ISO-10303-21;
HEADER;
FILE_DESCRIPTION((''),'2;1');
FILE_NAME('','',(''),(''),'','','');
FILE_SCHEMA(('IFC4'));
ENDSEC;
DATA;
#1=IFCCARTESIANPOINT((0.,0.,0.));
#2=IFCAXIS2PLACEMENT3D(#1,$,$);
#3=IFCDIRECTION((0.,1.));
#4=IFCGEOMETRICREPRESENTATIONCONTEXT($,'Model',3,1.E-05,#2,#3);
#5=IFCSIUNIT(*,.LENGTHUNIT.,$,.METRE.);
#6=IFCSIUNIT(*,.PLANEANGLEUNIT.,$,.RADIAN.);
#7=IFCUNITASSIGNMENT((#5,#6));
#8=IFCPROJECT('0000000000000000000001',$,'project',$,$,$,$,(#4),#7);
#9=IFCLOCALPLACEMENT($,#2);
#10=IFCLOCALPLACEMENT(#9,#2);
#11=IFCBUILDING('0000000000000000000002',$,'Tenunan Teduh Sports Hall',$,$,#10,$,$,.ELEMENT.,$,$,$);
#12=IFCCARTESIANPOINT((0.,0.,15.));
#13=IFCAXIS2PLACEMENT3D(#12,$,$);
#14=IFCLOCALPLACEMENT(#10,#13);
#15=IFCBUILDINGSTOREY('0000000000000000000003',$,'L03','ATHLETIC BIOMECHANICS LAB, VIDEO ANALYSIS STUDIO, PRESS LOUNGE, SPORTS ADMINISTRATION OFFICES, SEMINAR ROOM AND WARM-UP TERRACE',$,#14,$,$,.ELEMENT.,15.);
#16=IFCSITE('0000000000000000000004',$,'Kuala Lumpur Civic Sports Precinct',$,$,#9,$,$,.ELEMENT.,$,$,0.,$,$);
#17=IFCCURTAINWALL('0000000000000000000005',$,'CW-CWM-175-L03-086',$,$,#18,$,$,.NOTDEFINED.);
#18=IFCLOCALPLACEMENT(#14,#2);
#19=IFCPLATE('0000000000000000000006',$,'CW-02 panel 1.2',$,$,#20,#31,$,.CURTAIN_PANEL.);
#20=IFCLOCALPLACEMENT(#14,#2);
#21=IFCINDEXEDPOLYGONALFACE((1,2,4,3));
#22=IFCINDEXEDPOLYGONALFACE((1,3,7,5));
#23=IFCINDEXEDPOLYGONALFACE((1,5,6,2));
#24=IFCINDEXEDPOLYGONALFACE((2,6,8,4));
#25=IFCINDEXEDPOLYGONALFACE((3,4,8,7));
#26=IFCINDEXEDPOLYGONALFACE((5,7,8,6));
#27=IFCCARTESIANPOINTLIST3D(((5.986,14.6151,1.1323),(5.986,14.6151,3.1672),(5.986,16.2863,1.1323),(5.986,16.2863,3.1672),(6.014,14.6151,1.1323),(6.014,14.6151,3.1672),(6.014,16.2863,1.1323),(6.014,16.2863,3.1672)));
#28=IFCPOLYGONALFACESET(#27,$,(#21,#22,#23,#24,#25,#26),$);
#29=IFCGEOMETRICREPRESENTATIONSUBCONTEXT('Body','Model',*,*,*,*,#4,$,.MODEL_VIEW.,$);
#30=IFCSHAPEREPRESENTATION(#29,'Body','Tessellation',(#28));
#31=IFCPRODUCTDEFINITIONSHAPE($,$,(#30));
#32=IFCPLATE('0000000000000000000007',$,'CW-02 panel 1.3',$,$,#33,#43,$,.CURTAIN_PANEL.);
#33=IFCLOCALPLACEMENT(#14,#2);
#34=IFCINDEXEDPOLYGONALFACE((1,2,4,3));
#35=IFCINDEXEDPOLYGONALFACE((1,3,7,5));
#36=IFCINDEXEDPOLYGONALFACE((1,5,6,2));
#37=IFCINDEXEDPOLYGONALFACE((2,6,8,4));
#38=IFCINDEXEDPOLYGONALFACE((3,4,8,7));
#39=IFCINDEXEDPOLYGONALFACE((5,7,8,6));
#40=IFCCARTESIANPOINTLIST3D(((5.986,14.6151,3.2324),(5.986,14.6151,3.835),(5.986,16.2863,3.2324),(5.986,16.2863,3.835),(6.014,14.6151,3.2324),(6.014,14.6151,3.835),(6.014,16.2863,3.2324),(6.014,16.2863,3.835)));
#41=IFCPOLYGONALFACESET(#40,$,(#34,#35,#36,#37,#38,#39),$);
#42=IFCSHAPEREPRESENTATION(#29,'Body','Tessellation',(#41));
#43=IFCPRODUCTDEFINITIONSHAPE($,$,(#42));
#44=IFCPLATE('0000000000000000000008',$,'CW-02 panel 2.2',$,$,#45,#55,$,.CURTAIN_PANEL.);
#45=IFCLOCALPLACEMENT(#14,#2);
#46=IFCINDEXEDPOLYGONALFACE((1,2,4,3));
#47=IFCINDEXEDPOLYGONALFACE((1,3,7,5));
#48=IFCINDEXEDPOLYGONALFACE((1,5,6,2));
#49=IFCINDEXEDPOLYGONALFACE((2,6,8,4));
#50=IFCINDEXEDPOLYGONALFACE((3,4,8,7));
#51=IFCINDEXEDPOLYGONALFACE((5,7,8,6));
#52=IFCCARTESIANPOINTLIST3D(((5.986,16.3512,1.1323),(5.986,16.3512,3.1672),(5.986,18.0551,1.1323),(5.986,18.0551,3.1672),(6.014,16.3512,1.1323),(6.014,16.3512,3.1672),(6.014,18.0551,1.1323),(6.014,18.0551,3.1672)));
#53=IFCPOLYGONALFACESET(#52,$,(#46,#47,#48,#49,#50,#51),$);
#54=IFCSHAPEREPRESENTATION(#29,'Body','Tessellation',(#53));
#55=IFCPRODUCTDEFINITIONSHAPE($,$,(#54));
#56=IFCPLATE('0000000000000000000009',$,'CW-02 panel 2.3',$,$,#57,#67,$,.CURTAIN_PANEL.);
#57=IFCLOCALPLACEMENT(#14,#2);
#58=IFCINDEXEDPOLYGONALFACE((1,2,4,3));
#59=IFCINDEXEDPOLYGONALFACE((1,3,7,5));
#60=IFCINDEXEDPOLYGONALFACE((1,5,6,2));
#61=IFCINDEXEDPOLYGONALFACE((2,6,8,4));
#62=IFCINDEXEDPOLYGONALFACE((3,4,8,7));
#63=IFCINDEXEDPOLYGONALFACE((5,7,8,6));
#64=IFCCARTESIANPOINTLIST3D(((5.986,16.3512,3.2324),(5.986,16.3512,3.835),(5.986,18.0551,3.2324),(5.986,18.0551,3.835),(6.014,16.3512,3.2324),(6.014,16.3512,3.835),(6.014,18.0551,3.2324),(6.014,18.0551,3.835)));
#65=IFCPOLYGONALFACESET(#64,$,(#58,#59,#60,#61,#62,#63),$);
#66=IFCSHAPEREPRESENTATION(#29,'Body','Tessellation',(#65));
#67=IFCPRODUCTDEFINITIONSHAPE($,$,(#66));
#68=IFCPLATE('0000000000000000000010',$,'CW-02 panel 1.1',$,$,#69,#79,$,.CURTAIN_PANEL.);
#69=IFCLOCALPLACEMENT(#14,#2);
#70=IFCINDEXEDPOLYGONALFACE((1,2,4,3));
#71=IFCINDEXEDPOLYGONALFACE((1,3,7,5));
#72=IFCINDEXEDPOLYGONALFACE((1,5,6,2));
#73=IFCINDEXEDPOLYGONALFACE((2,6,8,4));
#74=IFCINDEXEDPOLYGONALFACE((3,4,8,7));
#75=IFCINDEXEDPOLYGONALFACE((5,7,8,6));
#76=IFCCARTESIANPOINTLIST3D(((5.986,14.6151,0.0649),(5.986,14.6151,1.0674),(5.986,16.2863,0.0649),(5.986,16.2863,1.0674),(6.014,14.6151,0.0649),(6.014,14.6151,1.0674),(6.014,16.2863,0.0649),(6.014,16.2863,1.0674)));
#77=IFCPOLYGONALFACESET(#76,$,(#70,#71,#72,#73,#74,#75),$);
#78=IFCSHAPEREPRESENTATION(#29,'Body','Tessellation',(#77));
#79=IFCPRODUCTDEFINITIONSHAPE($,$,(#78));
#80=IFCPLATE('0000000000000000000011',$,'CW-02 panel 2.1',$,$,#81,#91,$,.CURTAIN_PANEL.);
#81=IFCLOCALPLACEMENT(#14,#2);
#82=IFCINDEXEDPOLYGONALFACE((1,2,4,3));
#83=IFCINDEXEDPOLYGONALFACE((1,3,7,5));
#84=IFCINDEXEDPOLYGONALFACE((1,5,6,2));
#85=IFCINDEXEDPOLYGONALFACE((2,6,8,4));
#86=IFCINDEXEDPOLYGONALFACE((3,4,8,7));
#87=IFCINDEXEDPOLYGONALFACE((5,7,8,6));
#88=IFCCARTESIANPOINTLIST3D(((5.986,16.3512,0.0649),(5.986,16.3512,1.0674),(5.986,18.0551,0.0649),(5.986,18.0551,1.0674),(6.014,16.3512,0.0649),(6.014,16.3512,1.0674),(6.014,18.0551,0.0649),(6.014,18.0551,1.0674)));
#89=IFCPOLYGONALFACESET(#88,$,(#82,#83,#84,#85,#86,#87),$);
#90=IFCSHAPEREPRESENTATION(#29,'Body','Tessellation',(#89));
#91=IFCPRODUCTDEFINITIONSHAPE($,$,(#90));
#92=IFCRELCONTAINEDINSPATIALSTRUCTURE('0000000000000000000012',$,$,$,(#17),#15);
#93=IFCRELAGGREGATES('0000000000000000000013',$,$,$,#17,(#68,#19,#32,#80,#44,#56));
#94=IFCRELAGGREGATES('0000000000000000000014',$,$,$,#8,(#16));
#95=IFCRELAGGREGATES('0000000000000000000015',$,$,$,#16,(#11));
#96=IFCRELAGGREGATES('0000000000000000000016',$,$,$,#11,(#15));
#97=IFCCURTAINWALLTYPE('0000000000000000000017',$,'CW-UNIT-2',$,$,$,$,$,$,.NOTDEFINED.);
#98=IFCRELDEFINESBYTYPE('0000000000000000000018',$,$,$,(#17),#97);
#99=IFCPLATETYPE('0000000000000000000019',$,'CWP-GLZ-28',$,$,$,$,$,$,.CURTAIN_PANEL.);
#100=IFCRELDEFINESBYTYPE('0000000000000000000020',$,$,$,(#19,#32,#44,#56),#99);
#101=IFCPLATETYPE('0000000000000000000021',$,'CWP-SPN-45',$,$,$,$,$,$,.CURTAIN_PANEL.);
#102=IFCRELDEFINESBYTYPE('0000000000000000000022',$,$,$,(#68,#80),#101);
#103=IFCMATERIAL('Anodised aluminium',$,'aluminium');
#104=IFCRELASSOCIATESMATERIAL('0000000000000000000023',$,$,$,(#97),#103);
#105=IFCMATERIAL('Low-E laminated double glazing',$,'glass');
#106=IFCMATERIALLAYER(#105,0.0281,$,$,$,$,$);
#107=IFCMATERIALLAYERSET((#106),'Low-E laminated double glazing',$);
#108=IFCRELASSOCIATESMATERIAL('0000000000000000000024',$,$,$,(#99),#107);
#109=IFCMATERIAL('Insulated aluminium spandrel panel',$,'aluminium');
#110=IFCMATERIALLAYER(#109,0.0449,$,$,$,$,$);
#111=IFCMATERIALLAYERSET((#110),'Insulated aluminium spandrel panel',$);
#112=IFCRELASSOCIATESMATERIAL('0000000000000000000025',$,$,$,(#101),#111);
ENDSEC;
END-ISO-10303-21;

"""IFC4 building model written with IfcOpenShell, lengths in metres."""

from ifc_helpers import new_model, si_unit, direction, frame, origin, origin_2d, place, context, subcontext, project, spatial, rectangle, extrude, material, layer, layer_set, type_object, element, aggregate, save


model = new_model("IFC4")

# Units and contexts
model_context = context("Model", 3, precision=1e-05, world=origin(), true_north=direction((0.0, 1.0)))
body_context = subcontext(model_context, "Body", "Model", "MODEL_VIEW")
ifc_project = project(units=[si_unit("LENGTHUNIT", "METRE"), si_unit("PLANEANGLEUNIT", "RADIAN")], contexts=[model_context])

# Site, building, storey
site_placement = place(None, origin())
site = spatial("IfcSite", under=ifc_project, at=site_placement, Name="Kuala Lumpur Civic Sports Precinct", CompositionType="ELEMENT", RefElevation=0.0)
building_placement = place(site_placement, origin())
building = spatial("IfcBuilding", under=site, at=building_placement, Name="Tenunan Teduh Sports Hall", CompositionType="ELEMENT")
storey_placement = place(building_placement, frame((0.0, 0.0, 15.0)))
storey = spatial("IfcBuildingStorey", under=building, at=storey_placement, Name="L03", Description="ATHLETIC BIOMECHANICS LAB, VIDEO ANALYSIS STUDIO, PRESS LOUNGE, SPORTS ADMINISTRATION OFFICES, SEMINAR ROOM AND WARM-UP TERRACE", CompositionType="ELEMENT", Elevation=15.0)

# Curtain wall, plates
ifc_material_1 = material(Name="Anodised aluminium", Category="aluminium")
curtain_wall_type = type_object("IfcCurtainWallType", Name="CW-UNIT-2", PredefinedType="NOTDEFINED", material=ifc_material_1)
curtain_wall_placement = place(storey_placement, origin())
curtain_wall = element("IfcCurtainWall", 1, at=curtain_wall_placement, inside=storey, type_object=curtain_wall_type, Name="CW-CWM-175-L03-086", PredefinedType="NOTDEFINED")
ifc_material_2 = material(Name="Low-E laminated double glazing", Category="glass")
ifc_layer_1 = layer(ifc_material_2, 0.0281)
ifc_layer_set_1 = layer_set([ifc_layer_1], Name="Low-E laminated double glazing")
plate_type_1 = type_object("IfcPlateType", Name="CWP-GLZ-28", PredefinedType="CURTAIN_PANEL", material=ifc_layer_set_1)
plate_1_placement = place(storey_placement, frame((6.0, 15.4507, 1.1323), z_axis=(0.0, 0.0, 1.0), x_axis=(0.0, 1.0, 0.0)))
plate_1 = element("IfcPlate", 2, at=plate_1_placement, type_object=plate_type_1, Name="CW-02 panel 1.2", PredefinedType="CURTAIN_PANEL", context=body_context, shape_type="SweptSolid", body=[
    extrude(rectangle(XDim=1.6711, YDim=0.0281, at=origin_2d()), origin(), (0.0, 0.0, 1.0), 2.0349),
])
plate_2_placement = place(storey_placement, frame((6.0, 15.4507, 3.2324), z_axis=(0.0, 0.0, 1.0), x_axis=(0.0, 1.0, 0.0)))
plate_2 = element("IfcPlate", 3, at=plate_2_placement, type_object=plate_type_1, Name="CW-02 panel 1.3", PredefinedType="CURTAIN_PANEL", context=body_context, shape_type="SweptSolid", body=[
    extrude(rectangle(XDim=1.6711, YDim=0.0281, at=origin_2d()), origin(), (0.0, 0.0, 1.0), 0.6025),
])
plate_3_placement = place(storey_placement, frame((6.0, 17.2031, 1.1323), z_axis=(0.0, 0.0, 1.0), x_axis=(0.0, 1.0, 0.0)))
plate_3 = element("IfcPlate", 4, at=plate_3_placement, type_object=plate_type_1, Name="CW-02 panel 2.2", PredefinedType="CURTAIN_PANEL", context=body_context, shape_type="SweptSolid", body=[
    extrude(rectangle(XDim=1.7039, YDim=0.0281, at=origin_2d()), origin(), (0.0, 0.0, 1.0), 2.0349),
])
plate_4_placement = place(storey_placement, frame((6.0, 17.2031, 3.2324), z_axis=(0.0, 0.0, 1.0), x_axis=(0.0, 1.0, 0.0)))
plate_4 = element("IfcPlate", 5, at=plate_4_placement, type_object=plate_type_1, Name="CW-02 panel 2.3", PredefinedType="CURTAIN_PANEL", context=body_context, shape_type="SweptSolid", body=[
    extrude(rectangle(XDim=1.7039, YDim=0.0281, at=origin_2d()), origin(), (0.0, 0.0, 1.0), 0.6025),
])
ifc_material_3 = material(Name="Insulated aluminium spandrel panel", Category="aluminium")
ifc_layer_2 = layer(ifc_material_3, 0.0449)
ifc_layer_set_2 = layer_set([ifc_layer_2], Name="Insulated aluminium spandrel panel")
plate_type_2 = type_object("IfcPlateType", Name="CWP-SPN-45", PredefinedType="CURTAIN_PANEL", material=ifc_layer_set_2)
plate_5_placement = place(storey_placement, frame((6.0, 15.4507, 0.0649), z_axis=(0.0, 0.0, 1.0), x_axis=(0.0, 1.0, 0.0)))
plate_5 = element("IfcPlate", 6, at=plate_5_placement, type_object=plate_type_2, Name="CW-02 panel 1.1", PredefinedType="CURTAIN_PANEL", context=body_context, shape_type="SweptSolid", body=[
    extrude(rectangle(XDim=1.6711, YDim=0.0281, at=origin_2d()), origin(), (0.0, 0.0, 1.0), 1.0024),
])
plate_6_placement = place(storey_placement, frame((6.0, 17.2031, 0.0649), z_axis=(0.0, 0.0, 1.0), x_axis=(0.0, 1.0, 0.0)))
plate_6 = element("IfcPlate", 7, at=plate_6_placement, type_object=plate_type_2, Name="CW-02 panel 2.1", PredefinedType="CURTAIN_PANEL", context=body_context, shape_type="SweptSolid", body=[
    extrude(rectangle(XDim=1.7039, YDim=0.0281, at=origin_2d()), origin(), (0.0, 0.0, 1.0), 1.0024),
])
aggregate(curtain_wall, [plate_5, plate_1, plate_2, plate_6, plate_3, plate_4])

save(model, "model.ifc")
